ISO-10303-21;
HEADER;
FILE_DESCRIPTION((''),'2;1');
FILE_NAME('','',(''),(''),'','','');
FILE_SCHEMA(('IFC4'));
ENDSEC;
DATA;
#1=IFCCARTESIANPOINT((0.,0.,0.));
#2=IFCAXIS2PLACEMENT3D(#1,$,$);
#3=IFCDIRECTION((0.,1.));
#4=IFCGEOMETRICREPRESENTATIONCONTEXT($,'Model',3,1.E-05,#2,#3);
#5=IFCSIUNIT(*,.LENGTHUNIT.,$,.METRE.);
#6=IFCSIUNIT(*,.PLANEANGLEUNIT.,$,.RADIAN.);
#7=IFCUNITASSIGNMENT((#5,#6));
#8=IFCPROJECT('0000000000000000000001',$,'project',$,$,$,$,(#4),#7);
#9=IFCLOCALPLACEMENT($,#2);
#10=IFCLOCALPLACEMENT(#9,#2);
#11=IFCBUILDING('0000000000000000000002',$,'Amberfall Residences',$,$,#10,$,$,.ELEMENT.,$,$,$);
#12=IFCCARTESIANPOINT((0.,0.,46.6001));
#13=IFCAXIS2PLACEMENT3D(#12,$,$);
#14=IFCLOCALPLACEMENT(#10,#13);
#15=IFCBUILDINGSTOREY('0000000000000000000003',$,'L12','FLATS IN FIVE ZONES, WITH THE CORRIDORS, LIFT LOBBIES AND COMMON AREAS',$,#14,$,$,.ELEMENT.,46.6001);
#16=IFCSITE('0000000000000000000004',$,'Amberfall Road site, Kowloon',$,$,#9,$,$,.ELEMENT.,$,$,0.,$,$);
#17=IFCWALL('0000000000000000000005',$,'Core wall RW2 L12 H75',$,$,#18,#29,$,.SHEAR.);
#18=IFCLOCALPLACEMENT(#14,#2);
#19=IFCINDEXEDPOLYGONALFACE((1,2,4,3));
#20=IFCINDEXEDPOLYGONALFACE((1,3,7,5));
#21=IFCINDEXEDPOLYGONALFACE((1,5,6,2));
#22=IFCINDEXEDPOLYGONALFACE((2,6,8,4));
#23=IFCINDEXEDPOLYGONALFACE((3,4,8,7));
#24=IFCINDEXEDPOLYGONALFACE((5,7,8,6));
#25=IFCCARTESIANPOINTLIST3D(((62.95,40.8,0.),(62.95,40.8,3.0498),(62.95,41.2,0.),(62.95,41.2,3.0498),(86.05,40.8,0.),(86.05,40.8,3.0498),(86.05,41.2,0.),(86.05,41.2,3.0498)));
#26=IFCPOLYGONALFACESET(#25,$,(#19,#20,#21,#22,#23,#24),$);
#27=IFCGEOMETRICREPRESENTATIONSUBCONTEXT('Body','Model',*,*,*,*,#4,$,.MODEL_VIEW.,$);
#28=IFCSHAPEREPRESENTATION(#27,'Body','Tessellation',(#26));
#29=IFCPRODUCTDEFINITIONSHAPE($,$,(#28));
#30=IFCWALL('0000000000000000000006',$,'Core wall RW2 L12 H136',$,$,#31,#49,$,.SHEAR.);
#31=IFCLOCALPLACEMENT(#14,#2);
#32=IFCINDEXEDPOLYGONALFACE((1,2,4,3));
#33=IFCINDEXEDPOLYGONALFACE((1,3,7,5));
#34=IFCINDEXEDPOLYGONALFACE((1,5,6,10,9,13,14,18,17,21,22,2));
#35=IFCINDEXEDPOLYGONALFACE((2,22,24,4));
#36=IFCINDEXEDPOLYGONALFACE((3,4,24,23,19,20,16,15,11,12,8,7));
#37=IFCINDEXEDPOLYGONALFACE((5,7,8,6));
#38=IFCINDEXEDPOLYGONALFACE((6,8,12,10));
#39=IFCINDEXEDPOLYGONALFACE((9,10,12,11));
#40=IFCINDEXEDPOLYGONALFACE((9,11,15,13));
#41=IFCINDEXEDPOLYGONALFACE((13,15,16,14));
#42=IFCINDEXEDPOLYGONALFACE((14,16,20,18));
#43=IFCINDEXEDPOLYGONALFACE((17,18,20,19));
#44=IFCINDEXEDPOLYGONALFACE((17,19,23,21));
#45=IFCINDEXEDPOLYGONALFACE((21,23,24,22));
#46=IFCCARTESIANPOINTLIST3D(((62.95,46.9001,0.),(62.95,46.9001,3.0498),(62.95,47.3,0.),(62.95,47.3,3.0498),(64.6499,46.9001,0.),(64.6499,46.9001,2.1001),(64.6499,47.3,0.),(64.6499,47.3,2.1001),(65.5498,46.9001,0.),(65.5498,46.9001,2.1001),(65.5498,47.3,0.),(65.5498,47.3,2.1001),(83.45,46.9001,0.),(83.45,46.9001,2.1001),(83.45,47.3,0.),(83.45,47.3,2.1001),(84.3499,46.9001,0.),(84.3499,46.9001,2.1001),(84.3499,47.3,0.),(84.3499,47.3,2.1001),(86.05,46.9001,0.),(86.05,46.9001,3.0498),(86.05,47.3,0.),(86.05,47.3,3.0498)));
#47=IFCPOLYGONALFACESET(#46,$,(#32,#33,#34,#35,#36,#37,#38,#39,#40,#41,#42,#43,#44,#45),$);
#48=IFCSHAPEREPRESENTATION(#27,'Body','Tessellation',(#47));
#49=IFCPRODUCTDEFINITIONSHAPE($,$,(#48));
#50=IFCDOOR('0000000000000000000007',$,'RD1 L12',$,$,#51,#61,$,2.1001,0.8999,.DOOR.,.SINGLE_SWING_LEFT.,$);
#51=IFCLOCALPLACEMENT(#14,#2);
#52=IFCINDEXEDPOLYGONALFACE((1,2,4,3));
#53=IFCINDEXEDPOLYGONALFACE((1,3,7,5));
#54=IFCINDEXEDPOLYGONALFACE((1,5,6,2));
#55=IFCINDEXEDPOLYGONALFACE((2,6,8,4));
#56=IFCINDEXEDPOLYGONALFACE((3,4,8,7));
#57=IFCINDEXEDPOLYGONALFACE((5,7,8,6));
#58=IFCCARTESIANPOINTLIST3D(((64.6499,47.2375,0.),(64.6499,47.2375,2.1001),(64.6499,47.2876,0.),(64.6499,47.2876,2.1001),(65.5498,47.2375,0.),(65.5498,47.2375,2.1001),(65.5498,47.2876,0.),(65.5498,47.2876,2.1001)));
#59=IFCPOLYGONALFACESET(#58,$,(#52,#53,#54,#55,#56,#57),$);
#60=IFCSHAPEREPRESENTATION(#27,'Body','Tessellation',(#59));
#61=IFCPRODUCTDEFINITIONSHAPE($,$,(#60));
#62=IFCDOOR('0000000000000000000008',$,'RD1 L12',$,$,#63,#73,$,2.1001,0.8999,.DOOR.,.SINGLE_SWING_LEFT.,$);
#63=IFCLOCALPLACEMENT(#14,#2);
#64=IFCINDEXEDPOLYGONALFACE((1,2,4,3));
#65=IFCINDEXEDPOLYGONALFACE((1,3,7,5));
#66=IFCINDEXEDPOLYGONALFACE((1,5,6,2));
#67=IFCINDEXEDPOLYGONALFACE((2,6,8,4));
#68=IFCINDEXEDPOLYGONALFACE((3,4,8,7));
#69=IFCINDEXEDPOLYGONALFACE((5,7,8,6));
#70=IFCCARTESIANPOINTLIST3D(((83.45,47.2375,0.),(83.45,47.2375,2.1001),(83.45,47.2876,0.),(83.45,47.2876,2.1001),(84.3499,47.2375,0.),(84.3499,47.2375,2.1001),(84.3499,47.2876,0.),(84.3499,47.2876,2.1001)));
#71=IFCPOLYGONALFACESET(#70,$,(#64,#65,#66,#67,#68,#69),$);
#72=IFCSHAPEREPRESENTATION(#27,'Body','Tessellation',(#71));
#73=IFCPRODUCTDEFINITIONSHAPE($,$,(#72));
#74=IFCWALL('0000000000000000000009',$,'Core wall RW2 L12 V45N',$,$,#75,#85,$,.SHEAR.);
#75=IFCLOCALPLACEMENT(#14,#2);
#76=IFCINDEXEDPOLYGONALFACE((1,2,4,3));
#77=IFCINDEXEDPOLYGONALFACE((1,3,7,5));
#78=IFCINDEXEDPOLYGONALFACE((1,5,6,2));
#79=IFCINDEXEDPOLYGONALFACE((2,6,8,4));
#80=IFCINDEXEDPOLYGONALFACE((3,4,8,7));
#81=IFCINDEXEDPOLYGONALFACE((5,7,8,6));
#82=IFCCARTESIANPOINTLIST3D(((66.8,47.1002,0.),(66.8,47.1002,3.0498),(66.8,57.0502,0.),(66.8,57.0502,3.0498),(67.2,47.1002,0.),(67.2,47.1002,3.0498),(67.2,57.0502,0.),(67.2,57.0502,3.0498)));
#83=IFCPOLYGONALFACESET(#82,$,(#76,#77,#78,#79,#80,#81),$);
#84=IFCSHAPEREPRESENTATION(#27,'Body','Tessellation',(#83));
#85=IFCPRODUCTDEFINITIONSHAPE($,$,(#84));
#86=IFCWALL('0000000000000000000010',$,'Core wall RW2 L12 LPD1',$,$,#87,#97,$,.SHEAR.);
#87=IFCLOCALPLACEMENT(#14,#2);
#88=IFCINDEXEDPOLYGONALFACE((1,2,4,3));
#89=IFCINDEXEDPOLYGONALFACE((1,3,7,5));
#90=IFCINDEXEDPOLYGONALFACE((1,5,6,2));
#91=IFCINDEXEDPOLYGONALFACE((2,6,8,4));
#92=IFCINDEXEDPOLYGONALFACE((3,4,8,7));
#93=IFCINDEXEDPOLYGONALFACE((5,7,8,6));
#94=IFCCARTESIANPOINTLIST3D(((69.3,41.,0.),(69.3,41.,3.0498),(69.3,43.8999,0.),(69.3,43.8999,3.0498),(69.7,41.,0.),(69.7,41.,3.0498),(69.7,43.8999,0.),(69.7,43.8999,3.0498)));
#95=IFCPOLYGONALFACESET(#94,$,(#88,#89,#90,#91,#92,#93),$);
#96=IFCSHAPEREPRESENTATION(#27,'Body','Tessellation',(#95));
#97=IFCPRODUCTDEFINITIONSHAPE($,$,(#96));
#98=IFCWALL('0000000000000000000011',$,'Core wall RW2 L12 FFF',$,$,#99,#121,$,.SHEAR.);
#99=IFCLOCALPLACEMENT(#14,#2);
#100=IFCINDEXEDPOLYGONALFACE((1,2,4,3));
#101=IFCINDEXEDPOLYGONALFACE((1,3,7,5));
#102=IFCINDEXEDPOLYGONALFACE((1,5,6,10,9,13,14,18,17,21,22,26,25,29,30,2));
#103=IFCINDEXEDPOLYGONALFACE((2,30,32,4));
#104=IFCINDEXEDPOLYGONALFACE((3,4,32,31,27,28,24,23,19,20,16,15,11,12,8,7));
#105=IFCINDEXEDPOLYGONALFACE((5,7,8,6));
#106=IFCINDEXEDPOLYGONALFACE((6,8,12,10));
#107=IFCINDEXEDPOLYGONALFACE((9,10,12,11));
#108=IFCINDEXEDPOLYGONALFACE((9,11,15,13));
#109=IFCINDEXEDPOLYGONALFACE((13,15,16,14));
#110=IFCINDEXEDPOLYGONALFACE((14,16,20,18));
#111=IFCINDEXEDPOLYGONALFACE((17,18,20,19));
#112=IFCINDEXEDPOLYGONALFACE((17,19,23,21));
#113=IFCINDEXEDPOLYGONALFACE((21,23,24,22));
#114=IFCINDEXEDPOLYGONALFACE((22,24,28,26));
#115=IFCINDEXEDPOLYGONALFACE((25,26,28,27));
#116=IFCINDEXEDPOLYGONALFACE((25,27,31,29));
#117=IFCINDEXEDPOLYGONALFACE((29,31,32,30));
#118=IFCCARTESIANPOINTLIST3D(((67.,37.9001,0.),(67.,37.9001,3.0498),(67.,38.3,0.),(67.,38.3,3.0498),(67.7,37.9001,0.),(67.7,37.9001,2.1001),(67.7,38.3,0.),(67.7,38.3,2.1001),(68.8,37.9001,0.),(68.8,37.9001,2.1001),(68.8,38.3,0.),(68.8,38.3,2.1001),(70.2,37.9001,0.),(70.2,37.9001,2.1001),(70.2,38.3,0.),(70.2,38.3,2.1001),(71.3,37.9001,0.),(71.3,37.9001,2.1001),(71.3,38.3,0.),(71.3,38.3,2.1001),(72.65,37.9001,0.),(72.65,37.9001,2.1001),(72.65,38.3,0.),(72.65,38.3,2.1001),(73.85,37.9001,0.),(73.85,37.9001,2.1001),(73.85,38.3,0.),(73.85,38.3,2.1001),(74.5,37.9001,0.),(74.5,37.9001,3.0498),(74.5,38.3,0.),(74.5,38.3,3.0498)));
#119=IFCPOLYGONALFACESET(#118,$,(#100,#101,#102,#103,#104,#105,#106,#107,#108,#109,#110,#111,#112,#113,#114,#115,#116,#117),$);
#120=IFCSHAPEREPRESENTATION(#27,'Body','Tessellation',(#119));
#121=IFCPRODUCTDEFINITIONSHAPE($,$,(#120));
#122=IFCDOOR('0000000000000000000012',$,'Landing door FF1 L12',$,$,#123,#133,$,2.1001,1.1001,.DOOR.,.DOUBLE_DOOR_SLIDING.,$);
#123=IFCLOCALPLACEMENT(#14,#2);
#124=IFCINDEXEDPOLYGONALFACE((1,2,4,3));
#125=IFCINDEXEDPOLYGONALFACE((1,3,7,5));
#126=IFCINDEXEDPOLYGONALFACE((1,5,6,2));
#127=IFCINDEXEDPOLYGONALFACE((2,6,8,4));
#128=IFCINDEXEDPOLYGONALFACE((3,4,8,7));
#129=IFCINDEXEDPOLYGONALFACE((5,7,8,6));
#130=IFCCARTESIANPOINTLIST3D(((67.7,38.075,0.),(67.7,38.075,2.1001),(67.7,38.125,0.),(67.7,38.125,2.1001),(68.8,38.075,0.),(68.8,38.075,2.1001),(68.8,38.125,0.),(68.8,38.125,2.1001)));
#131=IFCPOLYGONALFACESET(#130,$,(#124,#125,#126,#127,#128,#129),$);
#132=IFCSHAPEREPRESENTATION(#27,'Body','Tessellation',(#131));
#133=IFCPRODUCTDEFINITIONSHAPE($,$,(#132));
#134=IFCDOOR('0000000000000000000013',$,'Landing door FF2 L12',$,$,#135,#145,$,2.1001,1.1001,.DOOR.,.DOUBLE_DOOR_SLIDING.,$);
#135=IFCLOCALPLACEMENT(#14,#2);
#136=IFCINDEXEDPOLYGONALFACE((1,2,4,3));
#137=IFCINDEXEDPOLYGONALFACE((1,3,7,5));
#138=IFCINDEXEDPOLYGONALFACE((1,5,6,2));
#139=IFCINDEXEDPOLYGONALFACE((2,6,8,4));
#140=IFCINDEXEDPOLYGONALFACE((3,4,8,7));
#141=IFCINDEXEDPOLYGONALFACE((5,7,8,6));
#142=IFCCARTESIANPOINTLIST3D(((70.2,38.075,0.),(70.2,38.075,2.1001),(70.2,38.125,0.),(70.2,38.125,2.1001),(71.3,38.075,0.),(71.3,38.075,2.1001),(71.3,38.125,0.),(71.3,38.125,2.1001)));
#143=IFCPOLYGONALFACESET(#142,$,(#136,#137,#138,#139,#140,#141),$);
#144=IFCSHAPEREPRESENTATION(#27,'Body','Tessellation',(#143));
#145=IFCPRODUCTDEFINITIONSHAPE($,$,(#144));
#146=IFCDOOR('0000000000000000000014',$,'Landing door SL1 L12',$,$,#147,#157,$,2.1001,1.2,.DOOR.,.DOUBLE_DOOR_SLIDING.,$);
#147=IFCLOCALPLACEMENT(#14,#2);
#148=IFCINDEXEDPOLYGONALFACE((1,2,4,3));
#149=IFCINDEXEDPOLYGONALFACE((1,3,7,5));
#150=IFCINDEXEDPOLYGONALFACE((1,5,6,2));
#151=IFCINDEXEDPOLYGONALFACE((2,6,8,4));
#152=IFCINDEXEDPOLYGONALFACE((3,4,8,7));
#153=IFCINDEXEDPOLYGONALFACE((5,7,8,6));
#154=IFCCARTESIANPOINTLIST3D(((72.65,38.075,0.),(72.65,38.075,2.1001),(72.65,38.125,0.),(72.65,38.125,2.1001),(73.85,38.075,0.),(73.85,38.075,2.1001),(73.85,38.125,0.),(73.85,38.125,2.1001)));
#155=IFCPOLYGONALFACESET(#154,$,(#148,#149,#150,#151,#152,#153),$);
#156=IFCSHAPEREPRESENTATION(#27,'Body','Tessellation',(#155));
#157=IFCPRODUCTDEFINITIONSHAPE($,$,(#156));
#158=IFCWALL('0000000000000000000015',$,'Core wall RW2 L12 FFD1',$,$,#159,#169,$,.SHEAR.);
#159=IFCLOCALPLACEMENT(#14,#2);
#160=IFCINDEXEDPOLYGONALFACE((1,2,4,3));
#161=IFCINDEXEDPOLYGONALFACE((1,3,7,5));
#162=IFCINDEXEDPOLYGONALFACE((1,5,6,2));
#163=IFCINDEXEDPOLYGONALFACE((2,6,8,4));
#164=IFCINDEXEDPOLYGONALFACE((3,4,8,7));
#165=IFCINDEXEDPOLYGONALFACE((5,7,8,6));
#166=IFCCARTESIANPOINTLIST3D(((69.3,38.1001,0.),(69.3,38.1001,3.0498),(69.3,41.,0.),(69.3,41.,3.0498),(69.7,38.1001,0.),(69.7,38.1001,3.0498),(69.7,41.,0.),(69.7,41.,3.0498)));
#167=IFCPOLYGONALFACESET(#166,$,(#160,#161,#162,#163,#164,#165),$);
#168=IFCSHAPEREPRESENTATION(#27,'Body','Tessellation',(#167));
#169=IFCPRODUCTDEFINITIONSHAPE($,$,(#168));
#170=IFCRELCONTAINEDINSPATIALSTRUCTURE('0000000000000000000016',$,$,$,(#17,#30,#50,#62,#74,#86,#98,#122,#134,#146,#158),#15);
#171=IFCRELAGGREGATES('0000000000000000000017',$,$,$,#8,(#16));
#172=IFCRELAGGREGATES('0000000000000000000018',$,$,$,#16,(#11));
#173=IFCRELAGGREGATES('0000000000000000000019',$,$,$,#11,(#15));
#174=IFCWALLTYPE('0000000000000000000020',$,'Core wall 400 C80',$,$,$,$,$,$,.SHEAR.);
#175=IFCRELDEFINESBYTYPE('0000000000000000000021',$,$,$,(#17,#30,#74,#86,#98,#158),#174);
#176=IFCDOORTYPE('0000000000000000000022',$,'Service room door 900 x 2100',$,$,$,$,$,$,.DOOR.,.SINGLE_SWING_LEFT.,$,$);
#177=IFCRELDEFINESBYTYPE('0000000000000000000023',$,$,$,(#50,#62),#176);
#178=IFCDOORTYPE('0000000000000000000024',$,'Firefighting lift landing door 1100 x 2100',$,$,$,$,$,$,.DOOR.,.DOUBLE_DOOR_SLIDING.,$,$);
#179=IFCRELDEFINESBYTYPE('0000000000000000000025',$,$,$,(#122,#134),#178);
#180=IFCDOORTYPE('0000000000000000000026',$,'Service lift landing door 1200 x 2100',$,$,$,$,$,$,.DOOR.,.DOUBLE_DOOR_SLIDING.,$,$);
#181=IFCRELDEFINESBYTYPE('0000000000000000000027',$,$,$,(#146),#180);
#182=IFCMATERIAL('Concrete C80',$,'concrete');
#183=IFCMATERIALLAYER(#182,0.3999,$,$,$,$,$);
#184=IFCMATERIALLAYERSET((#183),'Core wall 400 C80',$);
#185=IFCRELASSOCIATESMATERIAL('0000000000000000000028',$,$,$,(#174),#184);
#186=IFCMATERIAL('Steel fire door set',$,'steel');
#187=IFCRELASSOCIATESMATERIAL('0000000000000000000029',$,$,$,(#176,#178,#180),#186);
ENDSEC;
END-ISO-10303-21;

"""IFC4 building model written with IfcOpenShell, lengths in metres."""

from ifc_helpers import new_model, si_unit, direction, frame, frame_2d, origin, place, context, subcontext, project, spatial, rectangle, extrude, material, layer, layer_set, type_object, element, fill, save


model = new_model("IFC4")

# Units and contexts
model_context = context("Model", 3, precision=1e-05, world=origin(), true_north=direction((0.0, 1.0)))
body_context = subcontext(model_context, "Body", "Model", "MODEL_VIEW")
ifc_project = project(units=[si_unit("LENGTHUNIT", "METRE"), si_unit("PLANEANGLEUNIT", "RADIAN")], contexts=[model_context])

# Site, building, storey
site_placement = place(None, origin())
site = spatial("IfcSite", under=ifc_project, at=site_placement, Name="Amberfall Road site, Kowloon", CompositionType="ELEMENT", RefElevation=0.0)
building_placement = place(site_placement, origin())
building = spatial("IfcBuilding", under=site, at=building_placement, Name="Amberfall Residences", CompositionType="ELEMENT")
storey_placement = place(building_placement, frame((0.0, 0.0, 46.6001)))
storey = spatial("IfcBuildingStorey", under=building, at=storey_placement, Name="L12", Description="FLATS IN FIVE ZONES, WITH THE CORRIDORS, LIFT LOBBIES AND COMMON AREAS", CompositionType="ELEMENT", Elevation=46.6001)

# Wall
ifc_material_1 = material(Name="Concrete C80", Category="concrete")
ifc_layer_1 = layer(ifc_material_1, 0.3999)
ifc_layer_set_1 = layer_set([ifc_layer_1], Name="Core wall 400 C80")
wall_type_1 = type_object("IfcWallType", Name="Core wall 400 C80", PredefinedType="SHEAR", material=ifc_layer_set_1)
wall_1_placement = place(storey_placement, frame((62.95, 41.0, 0.0), z_axis=(0.0, 0.0, 1.0), x_axis=(1.0, 0.0, 0.0)))
element("IfcWall", 1, at=wall_1_placement, inside=storey, type_object=wall_type_1, Name="Core wall RW2 L12 H75", PredefinedType="SHEAR", context=body_context, shape_type="SweptSolid", body=[
    extrude(rectangle(XDim=23.1001, YDim=0.3999, at=frame_2d((11.55, 0.0))), origin(), (0.0, 0.0, 1.0), 3.0498),
])

# Wall, openings, doors
ifc_material_2 = material(Name="Steel fire door set", Category="steel")
door_type_1 = type_object("IfcDoorType", Name="Service room door 900 x 2100", OperationType="SINGLE_SWING_LEFT", PredefinedType="DOOR", material=ifc_material_2)
wall_2_placement = place(storey_placement, frame((62.95, 47.1001, 0.0), z_axis=(0.0, 0.0, 1.0), x_axis=(1.0, 0.0, 0.0)))
wall_2 = element("IfcWall", 2, at=wall_2_placement, inside=storey, type_object=wall_type_1, Name="Core wall RW2 L12 H136", PredefinedType="SHEAR", context=body_context, shape_type="SweptSolid", body=[
    extrude(rectangle(XDim=23.1001, YDim=0.3999, at=frame_2d((11.55, 0.0))), origin(), (0.0, 0.0, 1.0), 3.0498),
])
opening_1_placement = place(wall_2_placement, frame((1.7, 0.0, 0.0)))
opening_1 = element("IfcOpeningElement", 3, at=opening_1_placement, cuts=wall_2, PredefinedType="OPENING", context=body_context, shape_type="SweptSolid", body=[
    extrude(rectangle(XDim=0.8999, YDim=2.1001, at=frame_2d((0.45, 1.05))), frame((0.0, 0.21, 0.0), z_axis=(0.0, -1.0, 0.0), x_axis=(1.0, 0.0, 0.0)), (0.0, 0.0, 1.0), 0.4199),
])
opening_2_placement = place(wall_2_placement, frame((20.5, 0.0, 0.0)))
opening_2 = element("IfcOpeningElement", 4, at=opening_2_placement, cuts=wall_2, PredefinedType="OPENING", context=body_context, shape_type="SweptSolid", body=[
    extrude(rectangle(XDim=0.8999, YDim=2.1001, at=frame_2d((0.45, 1.05))), frame((0.0, 0.21, 0.0), z_axis=(0.0, -1.0, 0.0), x_axis=(1.0, 0.0, 0.0)), (0.0, 0.0, 1.0), 0.4199),
])
door_1_placement = place(opening_1_placement, origin())
door_1 = element("IfcDoor", 5, at=door_1_placement, inside=storey, type_object=door_type_1, Name="RD1 L12", OperationType="SINGLE_SWING_LEFT", OverallHeight=2.1001, OverallWidth=0.8999, PredefinedType="DOOR", context=body_context, shape_type="SweptSolid", body=[
    extrude(rectangle(XDim=0.8999, YDim=2.1001, at=frame_2d((0.45, 1.05))), frame((0.0, 0.1875, 0.0), z_axis=(0.0, -1.0, 0.0), x_axis=(1.0, 0.0, 0.0)), (0.0, 0.0, 1.0), 0.05),
])
fill(opening_1, door_1)
door_2_placement = place(opening_2_placement, origin())
door_2 = element("IfcDoor", 6, at=door_2_placement, inside=storey, type_object=door_type_1, Name="RD1 L12", OperationType="SINGLE_SWING_LEFT", OverallHeight=2.1001, OverallWidth=0.8999, PredefinedType="DOOR", context=body_context, shape_type="SweptSolid", body=[
    extrude(rectangle(XDim=0.8999, YDim=2.1001, at=frame_2d((0.45, 1.05))), frame((0.0, 0.1875, 0.0), z_axis=(0.0, -1.0, 0.0), x_axis=(1.0, 0.0, 0.0)), (0.0, 0.0, 1.0), 0.05),
])
fill(opening_2, door_2)

# Walls
wall_3_placement = place(storey_placement, frame((67.0, 47.1001, 0.0), z_axis=(0.0, 0.0, 1.0), x_axis=(0.0, 1.0, 0.0)))
element("IfcWall", 7, at=wall_3_placement, inside=storey, type_object=wall_type_1, Name="Core wall RW2 L12 V45N", PredefinedType="SHEAR", context=body_context, shape_type="SweptSolid", body=[
    extrude(rectangle(XDim=9.95, YDim=0.3999, at=frame_2d((4.9751, 0.0))), origin(), (0.0, 0.0, 1.0), 3.0498),
])
wall_4_placement = place(storey_placement, frame((69.5, 41.0, 0.0), z_axis=(0.0, 0.0, 1.0), x_axis=(0.0, 1.0, 0.0)))
element("IfcWall", 8, at=wall_4_placement, inside=storey, type_object=wall_type_1, Name="Core wall RW2 L12 LPD1", PredefinedType="SHEAR", context=body_context, shape_type="SweptSolid", body=[
    extrude(rectangle(XDim=2.8999, YDim=0.3999, at=frame_2d((1.45, 0.0))), origin(), (0.0, 0.0, 1.0), 3.0498),
])

# Wall, openings, doors
wall_5_placement = place(storey_placement, frame((67.0, 38.1001, 0.0), z_axis=(0.0, 0.0, 1.0), x_axis=(1.0, 0.0, 0.0)))
wall_5 = element("IfcWall", 9, at=wall_5_placement, inside=storey, type_object=wall_type_1, Name="Core wall RW2 L12 FFF", PredefinedType="SHEAR", context=body_context, shape_type="SweptSolid", body=[
    extrude(rectangle(XDim=7.5, YDim=0.3999, at=frame_2d((3.75, 0.0))), origin(), (0.0, 0.0, 1.0), 3.0498),
])
opening_3_placement = place(wall_5_placement, frame((0.7, 0.0, 0.0)))
opening_3 = element("IfcOpeningElement", 10, at=opening_3_placement, cuts=wall_5, PredefinedType="OPENING", context=body_context, shape_type="SweptSolid", body=[
    extrude(rectangle(XDim=1.1001, YDim=2.1001, at=frame_2d((0.55, 1.05))), frame((0.0, 0.21, 0.0), z_axis=(0.0, -1.0, 0.0), x_axis=(1.0, 0.0, 0.0)), (0.0, 0.0, 1.0), 0.4199),
])
opening_4_placement = place(wall_5_placement, frame((3.2, 0.0, 0.0)))
opening_4 = element("IfcOpeningElement", 11, at=opening_4_placement, cuts=wall_5, PredefinedType="OPENING", context=body_context, shape_type="SweptSolid", body=[
    extrude(rectangle(XDim=1.1001, YDim=2.1001, at=frame_2d((0.55, 1.05))), frame((0.0, 0.21, 0.0), z_axis=(0.0, -1.0, 0.0), x_axis=(1.0, 0.0, 0.0)), (0.0, 0.0, 1.0), 0.4199),
])
opening_5_placement = place(wall_5_placement, frame((5.6499, 0.0, 0.0)))
opening_5 = element("IfcOpeningElement", 12, at=opening_5_placement, cuts=wall_5, PredefinedType="OPENING", context=body_context, shape_type="SweptSolid", body=[
    extrude(rectangle(XDim=1.2, YDim=2.1001, at=frame_2d((0.6001, 1.05))), frame((0.0, 0.21, 0.0), z_axis=(0.0, -1.0, 0.0), x_axis=(1.0, 0.0, 0.0)), (0.0, 0.0, 1.0), 0.4199),
])
door_type_2 = type_object("IfcDoorType", Name="Firefighting lift landing door 1100 x 2100", OperationType="DOUBLE_DOOR_SLIDING", PredefinedType="DOOR", material=ifc_material_2)
door_3_placement = place(opening_3_placement, origin())
door_3 = element("IfcDoor", 13, at=door_3_placement, inside=storey, type_object=door_type_2, Name="Landing door FF1 L12", OperationType="DOUBLE_DOOR_SLIDING", OverallHeight=2.1001, OverallWidth=1.1001, PredefinedType="DOOR", context=body_context, shape_type="SweptSolid", body=[
    extrude(rectangle(XDim=1.1001, YDim=2.1001, at=frame_2d((0.55, 1.05))), frame((0.0, 0.0249, 0.0), z_axis=(0.0, -1.0, 0.0), x_axis=(1.0, 0.0, 0.0)), (0.0, 0.0, 1.0), 0.05),
])
fill(opening_3, door_3)
door_4_placement = place(opening_4_placement, origin())
door_4 = element("IfcDoor", 14, at=door_4_placement, inside=storey, type_object=door_type_2, Name="Landing door FF2 L12", OperationType="DOUBLE_DOOR_SLIDING", OverallHeight=2.1001, OverallWidth=1.1001, PredefinedType="DOOR", context=body_context, shape_type="SweptSolid", body=[
    extrude(rectangle(XDim=1.1001, YDim=2.1001, at=frame_2d((0.55, 1.05))), frame((0.0, 0.0249, 0.0), z_axis=(0.0, -1.0, 0.0), x_axis=(1.0, 0.0, 0.0)), (0.0, 0.0, 1.0), 0.05),
])
fill(opening_4, door_4)
door_type_3 = type_object("IfcDoorType", Name="Service lift landing door 1200 x 2100", OperationType="DOUBLE_DOOR_SLIDING", PredefinedType="DOOR", material=ifc_material_2)
door_5_placement = place(opening_5_placement, origin())
door_5 = element("IfcDoor", 15, at=door_5_placement, inside=storey, type_object=door_type_3, Name="Landing door SL1 L12", OperationType="DOUBLE_DOOR_SLIDING", OverallHeight=2.1001, OverallWidth=1.2, PredefinedType="DOOR", context=body_context, shape_type="SweptSolid", body=[
    extrude(rectangle(XDim=1.2, YDim=2.1001, at=frame_2d((0.6001, 1.05))), frame((0.0, 0.0249, 0.0), z_axis=(0.0, -1.0, 0.0), x_axis=(1.0, 0.0, 0.0)), (0.0, 0.0, 1.0), 0.05),
])
fill(opening_5, door_5)

# Wall
wall_6_placement = place(storey_placement, frame((69.5, 38.1001, 0.0), z_axis=(0.0, 0.0, 1.0), x_axis=(0.0, 1.0, 0.0)))
element("IfcWall", 16, at=wall_6_placement, inside=storey, type_object=wall_type_1, Name="Core wall RW2 L12 FFD1", PredefinedType="SHEAR", context=body_context, shape_type="SweptSolid", body=[
    extrude(rectangle(XDim=2.8999, YDim=0.3999, at=frame_2d((1.45, 0.0))), origin(), (0.0, 0.0, 1.0), 3.0498),
])

save(model, "model.ifc")
